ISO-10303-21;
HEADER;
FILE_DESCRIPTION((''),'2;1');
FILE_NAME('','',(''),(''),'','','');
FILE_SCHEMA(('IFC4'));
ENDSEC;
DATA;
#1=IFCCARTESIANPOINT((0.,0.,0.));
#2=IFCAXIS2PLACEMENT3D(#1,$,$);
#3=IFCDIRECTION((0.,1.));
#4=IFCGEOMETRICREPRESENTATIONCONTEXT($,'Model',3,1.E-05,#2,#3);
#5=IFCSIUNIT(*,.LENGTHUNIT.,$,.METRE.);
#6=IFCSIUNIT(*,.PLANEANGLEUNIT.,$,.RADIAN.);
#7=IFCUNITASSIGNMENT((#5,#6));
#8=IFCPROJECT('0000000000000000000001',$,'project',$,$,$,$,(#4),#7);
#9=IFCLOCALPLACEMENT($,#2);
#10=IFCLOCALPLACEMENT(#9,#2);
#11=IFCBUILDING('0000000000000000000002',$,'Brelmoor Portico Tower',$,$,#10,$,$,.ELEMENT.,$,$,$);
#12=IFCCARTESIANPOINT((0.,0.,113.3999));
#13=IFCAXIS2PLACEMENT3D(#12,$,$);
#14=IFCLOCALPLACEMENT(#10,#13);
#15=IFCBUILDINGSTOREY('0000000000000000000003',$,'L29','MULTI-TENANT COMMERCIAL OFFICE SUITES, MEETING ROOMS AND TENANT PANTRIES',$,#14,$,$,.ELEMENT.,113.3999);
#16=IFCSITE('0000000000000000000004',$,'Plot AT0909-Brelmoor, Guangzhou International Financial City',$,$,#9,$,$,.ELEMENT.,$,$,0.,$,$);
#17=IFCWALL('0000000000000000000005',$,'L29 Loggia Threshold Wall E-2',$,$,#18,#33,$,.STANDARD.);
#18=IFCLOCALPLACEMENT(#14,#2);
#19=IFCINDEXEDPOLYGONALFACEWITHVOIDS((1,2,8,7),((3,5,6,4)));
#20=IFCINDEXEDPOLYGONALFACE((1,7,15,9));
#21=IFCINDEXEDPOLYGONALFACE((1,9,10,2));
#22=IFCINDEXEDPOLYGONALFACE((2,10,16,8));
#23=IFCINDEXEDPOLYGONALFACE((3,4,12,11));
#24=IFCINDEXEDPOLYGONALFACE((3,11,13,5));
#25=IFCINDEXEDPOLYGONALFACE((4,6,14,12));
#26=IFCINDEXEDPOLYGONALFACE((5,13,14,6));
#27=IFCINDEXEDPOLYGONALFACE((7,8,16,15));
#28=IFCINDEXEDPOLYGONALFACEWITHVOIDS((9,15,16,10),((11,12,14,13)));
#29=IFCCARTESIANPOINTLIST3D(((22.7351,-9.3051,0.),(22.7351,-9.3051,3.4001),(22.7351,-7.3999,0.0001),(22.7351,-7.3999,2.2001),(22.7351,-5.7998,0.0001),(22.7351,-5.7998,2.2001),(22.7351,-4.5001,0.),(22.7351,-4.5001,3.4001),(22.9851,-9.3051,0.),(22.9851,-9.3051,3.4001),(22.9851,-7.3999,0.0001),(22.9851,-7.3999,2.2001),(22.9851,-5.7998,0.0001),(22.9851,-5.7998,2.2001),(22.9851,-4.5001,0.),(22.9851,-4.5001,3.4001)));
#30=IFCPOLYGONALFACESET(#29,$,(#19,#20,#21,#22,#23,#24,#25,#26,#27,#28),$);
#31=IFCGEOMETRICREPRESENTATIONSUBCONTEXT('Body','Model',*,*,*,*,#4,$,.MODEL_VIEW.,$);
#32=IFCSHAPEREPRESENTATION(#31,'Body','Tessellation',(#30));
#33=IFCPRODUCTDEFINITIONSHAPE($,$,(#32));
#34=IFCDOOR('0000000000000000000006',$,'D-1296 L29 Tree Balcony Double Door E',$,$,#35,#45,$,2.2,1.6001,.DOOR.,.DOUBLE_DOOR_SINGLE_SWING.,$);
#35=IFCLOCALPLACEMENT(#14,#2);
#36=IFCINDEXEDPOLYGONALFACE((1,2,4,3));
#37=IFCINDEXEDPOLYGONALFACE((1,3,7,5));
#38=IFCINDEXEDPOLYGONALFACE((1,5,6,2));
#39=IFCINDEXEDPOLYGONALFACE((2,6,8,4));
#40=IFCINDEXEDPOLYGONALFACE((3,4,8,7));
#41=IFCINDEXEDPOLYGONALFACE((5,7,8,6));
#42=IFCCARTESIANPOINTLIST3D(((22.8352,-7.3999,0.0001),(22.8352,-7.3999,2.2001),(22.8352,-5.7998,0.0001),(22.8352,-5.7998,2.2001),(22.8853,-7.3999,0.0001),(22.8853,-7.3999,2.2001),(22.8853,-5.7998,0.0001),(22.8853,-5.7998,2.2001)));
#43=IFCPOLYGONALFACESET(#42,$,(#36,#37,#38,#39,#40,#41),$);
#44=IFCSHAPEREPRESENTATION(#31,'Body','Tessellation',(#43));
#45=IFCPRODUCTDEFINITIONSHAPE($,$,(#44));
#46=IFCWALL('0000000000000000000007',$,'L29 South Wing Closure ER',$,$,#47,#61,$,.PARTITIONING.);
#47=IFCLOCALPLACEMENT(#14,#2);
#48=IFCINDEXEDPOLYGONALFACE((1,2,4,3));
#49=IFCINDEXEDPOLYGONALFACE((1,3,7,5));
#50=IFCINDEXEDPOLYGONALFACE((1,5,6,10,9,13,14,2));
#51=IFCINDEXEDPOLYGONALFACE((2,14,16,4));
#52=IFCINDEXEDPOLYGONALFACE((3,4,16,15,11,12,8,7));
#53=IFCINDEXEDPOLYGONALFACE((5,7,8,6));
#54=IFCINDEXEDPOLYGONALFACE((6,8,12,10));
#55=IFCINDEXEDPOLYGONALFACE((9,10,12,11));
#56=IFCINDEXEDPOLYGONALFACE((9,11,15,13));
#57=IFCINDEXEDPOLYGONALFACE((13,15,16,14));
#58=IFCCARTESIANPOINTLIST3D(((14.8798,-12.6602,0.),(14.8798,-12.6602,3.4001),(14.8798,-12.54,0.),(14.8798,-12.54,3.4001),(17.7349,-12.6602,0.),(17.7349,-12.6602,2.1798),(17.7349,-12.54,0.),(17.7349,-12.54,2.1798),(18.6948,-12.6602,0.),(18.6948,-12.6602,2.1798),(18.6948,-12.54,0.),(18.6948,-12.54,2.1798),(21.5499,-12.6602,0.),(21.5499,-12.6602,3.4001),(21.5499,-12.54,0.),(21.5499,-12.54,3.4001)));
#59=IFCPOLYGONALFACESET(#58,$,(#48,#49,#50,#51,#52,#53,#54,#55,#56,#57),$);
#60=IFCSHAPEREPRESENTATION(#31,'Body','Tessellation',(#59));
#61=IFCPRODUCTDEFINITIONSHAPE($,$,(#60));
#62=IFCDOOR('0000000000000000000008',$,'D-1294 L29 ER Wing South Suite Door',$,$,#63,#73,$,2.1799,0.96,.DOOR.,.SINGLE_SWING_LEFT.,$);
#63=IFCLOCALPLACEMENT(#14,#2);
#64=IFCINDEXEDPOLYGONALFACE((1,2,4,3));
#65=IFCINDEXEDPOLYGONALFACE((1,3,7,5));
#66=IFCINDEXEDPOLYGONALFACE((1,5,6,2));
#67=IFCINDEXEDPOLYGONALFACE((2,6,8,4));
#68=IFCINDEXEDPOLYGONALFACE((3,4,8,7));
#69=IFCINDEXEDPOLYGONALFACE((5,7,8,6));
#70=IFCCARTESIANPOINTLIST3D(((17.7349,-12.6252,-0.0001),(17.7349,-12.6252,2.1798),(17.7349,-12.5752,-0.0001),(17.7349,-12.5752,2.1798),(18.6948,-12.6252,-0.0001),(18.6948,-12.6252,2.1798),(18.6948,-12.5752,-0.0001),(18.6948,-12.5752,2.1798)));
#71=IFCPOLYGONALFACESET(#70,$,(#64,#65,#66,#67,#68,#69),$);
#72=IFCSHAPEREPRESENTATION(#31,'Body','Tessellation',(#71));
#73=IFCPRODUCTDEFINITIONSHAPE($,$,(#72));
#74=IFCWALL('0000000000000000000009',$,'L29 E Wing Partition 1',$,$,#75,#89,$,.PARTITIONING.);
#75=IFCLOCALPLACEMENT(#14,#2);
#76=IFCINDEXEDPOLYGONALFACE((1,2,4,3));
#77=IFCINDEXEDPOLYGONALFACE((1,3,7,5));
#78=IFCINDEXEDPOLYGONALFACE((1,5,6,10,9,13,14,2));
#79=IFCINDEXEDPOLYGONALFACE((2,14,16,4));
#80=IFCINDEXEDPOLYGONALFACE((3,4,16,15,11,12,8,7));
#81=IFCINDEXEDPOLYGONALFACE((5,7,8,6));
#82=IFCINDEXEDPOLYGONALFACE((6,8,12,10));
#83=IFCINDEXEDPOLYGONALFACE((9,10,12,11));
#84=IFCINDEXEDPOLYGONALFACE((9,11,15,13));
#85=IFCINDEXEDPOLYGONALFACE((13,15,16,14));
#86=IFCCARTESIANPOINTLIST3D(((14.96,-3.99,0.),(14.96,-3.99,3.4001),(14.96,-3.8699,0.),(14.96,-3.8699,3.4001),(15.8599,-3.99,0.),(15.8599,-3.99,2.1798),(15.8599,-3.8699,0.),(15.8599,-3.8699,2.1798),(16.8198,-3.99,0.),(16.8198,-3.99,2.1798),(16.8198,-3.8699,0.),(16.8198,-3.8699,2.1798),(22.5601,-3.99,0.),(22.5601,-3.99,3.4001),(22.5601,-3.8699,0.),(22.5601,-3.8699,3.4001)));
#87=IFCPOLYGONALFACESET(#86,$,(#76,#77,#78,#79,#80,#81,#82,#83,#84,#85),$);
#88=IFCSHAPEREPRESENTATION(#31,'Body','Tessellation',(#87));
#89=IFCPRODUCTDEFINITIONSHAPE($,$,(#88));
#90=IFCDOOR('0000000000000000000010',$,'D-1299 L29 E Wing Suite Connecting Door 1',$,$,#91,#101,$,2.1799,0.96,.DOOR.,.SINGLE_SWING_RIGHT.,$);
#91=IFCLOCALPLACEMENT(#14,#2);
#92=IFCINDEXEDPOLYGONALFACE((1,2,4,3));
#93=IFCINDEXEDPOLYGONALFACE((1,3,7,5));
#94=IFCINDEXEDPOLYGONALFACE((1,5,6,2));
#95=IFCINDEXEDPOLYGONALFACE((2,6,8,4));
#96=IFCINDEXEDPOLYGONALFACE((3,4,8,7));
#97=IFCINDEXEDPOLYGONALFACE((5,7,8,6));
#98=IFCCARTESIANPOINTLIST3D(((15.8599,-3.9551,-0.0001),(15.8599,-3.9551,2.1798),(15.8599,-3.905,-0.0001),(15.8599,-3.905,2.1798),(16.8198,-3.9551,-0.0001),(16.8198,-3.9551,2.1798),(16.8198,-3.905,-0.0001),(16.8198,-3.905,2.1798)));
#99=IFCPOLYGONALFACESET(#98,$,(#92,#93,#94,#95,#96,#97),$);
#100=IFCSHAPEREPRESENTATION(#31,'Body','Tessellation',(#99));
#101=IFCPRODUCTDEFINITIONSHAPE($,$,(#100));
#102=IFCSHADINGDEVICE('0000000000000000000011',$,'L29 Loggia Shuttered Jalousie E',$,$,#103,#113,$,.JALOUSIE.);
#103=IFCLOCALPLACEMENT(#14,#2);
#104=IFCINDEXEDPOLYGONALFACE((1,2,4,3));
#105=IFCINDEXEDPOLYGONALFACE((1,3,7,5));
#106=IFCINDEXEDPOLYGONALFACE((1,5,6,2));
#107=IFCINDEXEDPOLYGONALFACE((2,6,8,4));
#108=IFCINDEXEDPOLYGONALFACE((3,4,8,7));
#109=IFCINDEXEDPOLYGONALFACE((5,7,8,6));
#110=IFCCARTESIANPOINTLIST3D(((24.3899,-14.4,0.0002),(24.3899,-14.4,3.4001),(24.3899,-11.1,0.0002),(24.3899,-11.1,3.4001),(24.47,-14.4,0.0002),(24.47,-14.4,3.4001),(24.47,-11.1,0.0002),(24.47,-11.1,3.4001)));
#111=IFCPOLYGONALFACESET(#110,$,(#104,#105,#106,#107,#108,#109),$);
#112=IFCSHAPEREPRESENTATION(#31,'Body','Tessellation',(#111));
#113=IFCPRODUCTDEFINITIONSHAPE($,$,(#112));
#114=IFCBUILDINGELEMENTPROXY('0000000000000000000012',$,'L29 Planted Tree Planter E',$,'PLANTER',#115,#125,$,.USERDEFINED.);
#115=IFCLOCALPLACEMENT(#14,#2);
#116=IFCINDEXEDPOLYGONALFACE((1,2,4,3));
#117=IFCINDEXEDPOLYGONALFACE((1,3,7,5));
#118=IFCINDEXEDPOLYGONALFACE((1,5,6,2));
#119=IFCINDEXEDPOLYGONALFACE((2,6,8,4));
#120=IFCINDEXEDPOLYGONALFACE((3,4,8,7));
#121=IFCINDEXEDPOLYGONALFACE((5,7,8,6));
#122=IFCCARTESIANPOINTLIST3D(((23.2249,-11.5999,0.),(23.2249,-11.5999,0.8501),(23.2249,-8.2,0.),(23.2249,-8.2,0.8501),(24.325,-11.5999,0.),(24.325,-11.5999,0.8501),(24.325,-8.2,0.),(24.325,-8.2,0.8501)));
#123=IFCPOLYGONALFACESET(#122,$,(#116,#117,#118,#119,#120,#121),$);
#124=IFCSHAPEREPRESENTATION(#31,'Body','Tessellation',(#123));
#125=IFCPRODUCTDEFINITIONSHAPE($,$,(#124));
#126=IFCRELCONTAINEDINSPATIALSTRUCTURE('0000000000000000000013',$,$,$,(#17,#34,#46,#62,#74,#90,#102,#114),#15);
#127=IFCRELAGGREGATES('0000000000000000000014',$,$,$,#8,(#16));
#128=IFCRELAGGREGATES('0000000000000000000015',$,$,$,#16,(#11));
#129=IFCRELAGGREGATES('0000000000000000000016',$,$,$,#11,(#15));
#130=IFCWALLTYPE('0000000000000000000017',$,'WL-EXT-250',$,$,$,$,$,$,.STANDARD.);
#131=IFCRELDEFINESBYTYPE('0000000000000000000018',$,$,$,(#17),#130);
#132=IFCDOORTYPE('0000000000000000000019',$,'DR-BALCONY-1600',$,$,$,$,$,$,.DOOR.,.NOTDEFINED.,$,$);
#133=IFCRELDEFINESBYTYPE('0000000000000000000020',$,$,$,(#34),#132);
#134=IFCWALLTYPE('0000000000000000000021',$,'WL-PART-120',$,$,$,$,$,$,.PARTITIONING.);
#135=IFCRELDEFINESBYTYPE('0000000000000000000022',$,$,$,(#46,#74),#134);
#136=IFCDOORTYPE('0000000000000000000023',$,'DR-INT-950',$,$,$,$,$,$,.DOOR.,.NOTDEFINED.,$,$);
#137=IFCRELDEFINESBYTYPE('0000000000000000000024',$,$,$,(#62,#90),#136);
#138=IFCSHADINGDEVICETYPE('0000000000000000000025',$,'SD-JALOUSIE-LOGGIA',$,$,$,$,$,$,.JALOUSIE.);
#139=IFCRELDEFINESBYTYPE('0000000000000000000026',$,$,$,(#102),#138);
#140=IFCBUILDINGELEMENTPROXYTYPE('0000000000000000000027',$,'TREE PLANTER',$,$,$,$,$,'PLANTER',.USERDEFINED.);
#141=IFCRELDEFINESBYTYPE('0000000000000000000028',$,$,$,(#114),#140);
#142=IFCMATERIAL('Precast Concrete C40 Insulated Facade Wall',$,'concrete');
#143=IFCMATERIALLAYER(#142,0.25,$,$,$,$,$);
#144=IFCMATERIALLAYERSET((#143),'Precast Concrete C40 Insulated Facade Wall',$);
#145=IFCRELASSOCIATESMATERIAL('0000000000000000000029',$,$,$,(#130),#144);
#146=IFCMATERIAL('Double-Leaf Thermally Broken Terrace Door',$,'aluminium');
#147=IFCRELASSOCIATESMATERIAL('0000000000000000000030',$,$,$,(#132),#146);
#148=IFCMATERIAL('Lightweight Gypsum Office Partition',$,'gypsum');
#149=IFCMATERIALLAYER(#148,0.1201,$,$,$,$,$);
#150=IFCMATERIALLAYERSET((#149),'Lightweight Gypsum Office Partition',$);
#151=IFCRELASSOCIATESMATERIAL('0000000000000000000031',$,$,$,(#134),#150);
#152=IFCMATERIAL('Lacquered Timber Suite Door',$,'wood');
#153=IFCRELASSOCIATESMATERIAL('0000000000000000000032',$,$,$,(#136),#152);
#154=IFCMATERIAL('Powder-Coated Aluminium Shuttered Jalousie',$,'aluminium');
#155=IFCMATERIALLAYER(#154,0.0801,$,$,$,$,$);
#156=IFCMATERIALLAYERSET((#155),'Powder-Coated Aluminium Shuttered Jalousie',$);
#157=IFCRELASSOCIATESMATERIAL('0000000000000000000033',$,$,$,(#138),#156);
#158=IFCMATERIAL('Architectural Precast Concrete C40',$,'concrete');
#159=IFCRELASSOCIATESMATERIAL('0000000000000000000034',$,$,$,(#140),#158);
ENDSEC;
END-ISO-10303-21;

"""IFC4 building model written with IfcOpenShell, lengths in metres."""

from ifc_helpers import new_model, si_unit, direction, frame, frame_2d, origin, origin_2d, place, context, subcontext, project, spatial, rectangle, extrude, material, layer, layer_set, type_object, element, fill, save


model = new_model("IFC4")

# Units and contexts
model_context = context("Model", 3, precision=1e-05, world=origin(), true_north=direction((0.0, 1.0)))
body_context = subcontext(model_context, "Body", "Model", "MODEL_VIEW")
ifc_project = project(units=[si_unit("LENGTHUNIT", "METRE"), si_unit("PLANEANGLEUNIT", "RADIAN")], contexts=[model_context])

# Site, building, storey
site_placement = place(None, origin())
site = spatial("IfcSite", under=ifc_project, at=site_placement, Name="Plot AT0909-Brelmoor, Guangzhou International Financial City", CompositionType="ELEMENT", RefElevation=0.0)
building_placement = place(site_placement, origin())
building = spatial("IfcBuilding", under=site, at=building_placement, Name="Brelmoor Portico Tower", CompositionType="ELEMENT")
storey_placement = place(building_placement, frame((0.0, 0.0, 113.3999)))
storey = spatial("IfcBuildingStorey", under=building, at=storey_placement, Name="L29", Description="MULTI-TENANT COMMERCIAL OFFICE SUITES, MEETING ROOMS AND TENANT PANTRIES", CompositionType="ELEMENT", Elevation=113.3999)

# Shared definitions
ifc_material_1 = material(Name="Precast Concrete C40 Insulated Facade Wall", Category="concrete")
ifc_layer_1 = layer(ifc_material_1, 0.25)
ifc_layer_set_1 = layer_set([ifc_layer_1], Name="Precast Concrete C40 Insulated Facade Wall")
wall_type_1 = type_object("IfcWallType", Name="WL-EXT-250", PredefinedType="STANDARD", material=ifc_layer_set_1)

# Walls, openings, doors
wall_1_placement = place(storey_placement, frame((22.8601, -9.3049, 0.0), z_axis=(0.0, 0.0, 1.0), x_axis=(0.0, 1.0, 0.0)))
wall_1 = element("IfcWall", 1, at=wall_1_placement, inside=storey, type_object=wall_type_1, Name="L29 Loggia Threshold Wall E-2", PredefinedType="STANDARD", context=body_context, shape_type="SweptSolid", body=[
    extrude(rectangle(XDim=4.8049, YDim=0.25, at=frame_2d((2.4023, 0.0))), origin(), (0.0, 0.0, 1.0), 3.4001),
])
opening_1_placement = place(wall_1_placement, frame((1.905, 0.0, 0.0)))
opening_1 = element("IfcOpeningElement", 2, at=opening_1_placement, cuts=wall_1, PredefinedType="OPENING", context=body_context, shape_type="SweptSolid", body=[
    extrude(rectangle(XDim=1.6001, YDim=2.2, at=frame_2d((0.8, 1.1001))), frame((0.0, 0.135, 0.0), z_axis=(0.0, -1.0, 0.0), x_axis=(1.0, 0.0, 0.0)), (0.0, 0.0, 1.0), 0.27),
])
ifc_material_2 = material(Name="Double-Leaf Thermally Broken Terrace Door", Category="aluminium")
door_type_1 = type_object("IfcDoorType", Name="DR-BALCONY-1600", OperationType="NOTDEFINED", PredefinedType="DOOR", material=ifc_material_2)
door_1_placement = place(opening_1_placement, origin())
door_1 = element("IfcDoor", 3, at=door_1_placement, inside=storey, type_object=door_type_1, Name="D-1296 L29 Tree Balcony Double Door E", OperationType="DOUBLE_DOOR_SINGLE_SWING", OverallHeight=2.2, OverallWidth=1.6001, PredefinedType="DOOR", context=body_context, shape_type="SweptSolid", body=[
    extrude(rectangle(XDim=1.6001, YDim=2.2, at=frame_2d((0.8, 1.1001))), frame((0.0, 0.0249, 0.0), z_axis=(0.0, -1.0, 0.0), x_axis=(1.0, 0.0, 0.0)), (0.0, 0.0, 1.0), 0.05),
])
fill(opening_1, door_1)
ifc_material_3 = material(Name="Lightweight Gypsum Office Partition", Category="gypsum")
ifc_layer_2 = layer(ifc_material_3, 0.1201)
ifc_layer_set_2 = layer_set([ifc_layer_2], Name="Lightweight Gypsum Office Partition")
wall_type_2 = type_object("IfcWallType", Name="WL-PART-120", PredefinedType="PARTITIONING", material=ifc_layer_set_2)
wall_2_placement = place(storey_placement, frame((14.8799, -12.6001, 0.0), z_axis=(0.0, 0.0, 1.0), x_axis=(1.0, 0.0, 0.0)))
wall_2 = element("IfcWall", 4, at=wall_2_placement, inside=storey, type_object=wall_type_2, Name="L29 South Wing Closure ER", PredefinedType="PARTITIONING", context=body_context, shape_type="SweptSolid", body=[
    extrude(rectangle(XDim=6.6702, YDim=0.1201, at=frame_2d((3.335, 0.0))), origin(), (0.0, 0.0, 1.0), 3.4001),
])
opening_2_placement = place(wall_2_placement, frame((2.855, 0.0, 0.0)))
opening_2 = element("IfcOpeningElement", 5, at=opening_2_placement, cuts=wall_2, PredefinedType="OPENING", context=body_context, shape_type="SweptSolid", body=[
    extrude(rectangle(XDim=0.96, YDim=2.1799, at=frame_2d((0.48, 1.0898))), frame((0.0, 0.0701, 0.0), z_axis=(0.0, -1.0, 0.0), x_axis=(1.0, 0.0, 0.0)), (0.0, 0.0, 1.0), 0.1401),
])
ifc_material_4 = material(Name="Lacquered Timber Suite Door", Category="wood")
door_type_2 = type_object("IfcDoorType", Name="DR-INT-950", OperationType="NOTDEFINED", PredefinedType="DOOR", material=ifc_material_4)
door_2_placement = place(opening_2_placement, origin())
door_2 = element("IfcDoor", 6, at=door_2_placement, inside=storey, type_object=door_type_2, Name="D-1294 L29 ER Wing South Suite Door", OperationType="SINGLE_SWING_LEFT", OverallHeight=2.1799, OverallWidth=0.96, PredefinedType="DOOR", context=body_context, shape_type="SweptSolid", body=[
    extrude(rectangle(XDim=0.96, YDim=2.1799, at=frame_2d((0.48, 1.0898))), frame((0.0, 0.0249, 0.0), z_axis=(0.0, -1.0, 0.0), x_axis=(1.0, 0.0, 0.0)), (0.0, 0.0, 1.0), 0.05),
])
fill(opening_2, door_2)
wall_3_placement = place(storey_placement, frame((14.96, -3.9299, 0.0), z_axis=(0.0, 0.0, 1.0), x_axis=(1.0, 0.0, 0.0)))
wall_3 = element("IfcWall", 7, at=wall_3_placement, inside=storey, type_object=wall_type_2, Name="L29 E Wing Partition 1", PredefinedType="PARTITIONING", context=body_context, shape_type="SweptSolid", body=[
    extrude(rectangle(XDim=7.6001, YDim=0.1201, at=frame_2d((3.8, 0.0))), origin(), (0.0, 0.0, 1.0), 3.4001),
])
opening_3_placement = place(wall_3_placement, frame((0.8999, 0.0, 0.0)))
opening_3 = element("IfcOpeningElement", 8, at=opening_3_placement, cuts=wall_3, PredefinedType="OPENING", context=body_context, shape_type="SweptSolid", body=[
    extrude(rectangle(XDim=0.96, YDim=2.1799, at=frame_2d((0.48, 1.0898))), frame((0.0, 0.0701, 0.0), z_axis=(0.0, -1.0, 0.0), x_axis=(1.0, 0.0, 0.0)), (0.0, 0.0, 1.0), 0.1401),
])
door_3_placement = place(opening_3_placement, origin())
door_3 = element("IfcDoor", 9, at=door_3_placement, inside=storey, type_object=door_type_2, Name="D-1299 L29 E Wing Suite Connecting Door 1", OperationType="SINGLE_SWING_RIGHT", OverallHeight=2.1799, OverallWidth=0.96, PredefinedType="DOOR", context=body_context, shape_type="SweptSolid", body=[
    extrude(rectangle(XDim=0.96, YDim=2.1799, at=frame_2d((0.48, 1.0898))), frame((0.0, 0.0249, 0.0), z_axis=(0.0, -1.0, 0.0), x_axis=(1.0, 0.0, 0.0)), (0.0, 0.0, 1.0), 0.05),
])
fill(opening_3, door_3)

# Shading device
ifc_material_5 = material(Name="Powder-Coated Aluminium Shuttered Jalousie", Category="aluminium")
ifc_layer_3 = layer(ifc_material_5, 0.0801)
ifc_layer_set_3 = layer_set([ifc_layer_3], Name="Powder-Coated Aluminium Shuttered Jalousie")
shading_device_type = type_object("IfcShadingDeviceType", Name="SD-JALOUSIE-LOGGIA", PredefinedType="JALOUSIE", material=ifc_layer_set_3)
shading_device_placement = place(storey_placement, frame((24.4299, -12.75, 0.0002), z_axis=(0.0, 0.0, 1.0), x_axis=(0.0, 1.0, 0.0)))
element("IfcShadingDevice", 10, at=shading_device_placement, inside=storey, type_object=shading_device_type, Name="L29 Loggia Shuttered Jalousie E", PredefinedType="JALOUSIE", context=body_context, shape_type="SweptSolid", body=[
    extrude(rectangle(XDim=3.3, YDim=0.0801, at=origin_2d()), origin(), (0.0, 0.0, 1.0), 3.3999),
])

# Building element proxy
ifc_material_6 = material(Name="Architectural Precast Concrete C40", Category="concrete")
building_element_proxy_type = type_object("IfcBuildingElementProxyType", Name="TREE PLANTER", ElementType="PLANTER", PredefinedType="USERDEFINED", material=ifc_material_6)
proxy_placement = place(storey_placement, frame((23.7749, -9.8999, 0.0), z_axis=(0.0, 0.0, 1.0), x_axis=(0.0, 1.0, 0.0)))
element("IfcBuildingElementProxy", 11, at=proxy_placement, inside=storey, type_object=building_element_proxy_type, Name="L29 Planted Tree Planter E", ObjectType="PLANTER", PredefinedType="USERDEFINED", context=body_context, shape_type="SweptSolid", body=[
    extrude(rectangle(XDim=3.3999, YDim=1.1001, at=origin_2d()), origin(), (0.0, 0.0, 1.0), 0.8501),
])

save(model, "model.ifc")
